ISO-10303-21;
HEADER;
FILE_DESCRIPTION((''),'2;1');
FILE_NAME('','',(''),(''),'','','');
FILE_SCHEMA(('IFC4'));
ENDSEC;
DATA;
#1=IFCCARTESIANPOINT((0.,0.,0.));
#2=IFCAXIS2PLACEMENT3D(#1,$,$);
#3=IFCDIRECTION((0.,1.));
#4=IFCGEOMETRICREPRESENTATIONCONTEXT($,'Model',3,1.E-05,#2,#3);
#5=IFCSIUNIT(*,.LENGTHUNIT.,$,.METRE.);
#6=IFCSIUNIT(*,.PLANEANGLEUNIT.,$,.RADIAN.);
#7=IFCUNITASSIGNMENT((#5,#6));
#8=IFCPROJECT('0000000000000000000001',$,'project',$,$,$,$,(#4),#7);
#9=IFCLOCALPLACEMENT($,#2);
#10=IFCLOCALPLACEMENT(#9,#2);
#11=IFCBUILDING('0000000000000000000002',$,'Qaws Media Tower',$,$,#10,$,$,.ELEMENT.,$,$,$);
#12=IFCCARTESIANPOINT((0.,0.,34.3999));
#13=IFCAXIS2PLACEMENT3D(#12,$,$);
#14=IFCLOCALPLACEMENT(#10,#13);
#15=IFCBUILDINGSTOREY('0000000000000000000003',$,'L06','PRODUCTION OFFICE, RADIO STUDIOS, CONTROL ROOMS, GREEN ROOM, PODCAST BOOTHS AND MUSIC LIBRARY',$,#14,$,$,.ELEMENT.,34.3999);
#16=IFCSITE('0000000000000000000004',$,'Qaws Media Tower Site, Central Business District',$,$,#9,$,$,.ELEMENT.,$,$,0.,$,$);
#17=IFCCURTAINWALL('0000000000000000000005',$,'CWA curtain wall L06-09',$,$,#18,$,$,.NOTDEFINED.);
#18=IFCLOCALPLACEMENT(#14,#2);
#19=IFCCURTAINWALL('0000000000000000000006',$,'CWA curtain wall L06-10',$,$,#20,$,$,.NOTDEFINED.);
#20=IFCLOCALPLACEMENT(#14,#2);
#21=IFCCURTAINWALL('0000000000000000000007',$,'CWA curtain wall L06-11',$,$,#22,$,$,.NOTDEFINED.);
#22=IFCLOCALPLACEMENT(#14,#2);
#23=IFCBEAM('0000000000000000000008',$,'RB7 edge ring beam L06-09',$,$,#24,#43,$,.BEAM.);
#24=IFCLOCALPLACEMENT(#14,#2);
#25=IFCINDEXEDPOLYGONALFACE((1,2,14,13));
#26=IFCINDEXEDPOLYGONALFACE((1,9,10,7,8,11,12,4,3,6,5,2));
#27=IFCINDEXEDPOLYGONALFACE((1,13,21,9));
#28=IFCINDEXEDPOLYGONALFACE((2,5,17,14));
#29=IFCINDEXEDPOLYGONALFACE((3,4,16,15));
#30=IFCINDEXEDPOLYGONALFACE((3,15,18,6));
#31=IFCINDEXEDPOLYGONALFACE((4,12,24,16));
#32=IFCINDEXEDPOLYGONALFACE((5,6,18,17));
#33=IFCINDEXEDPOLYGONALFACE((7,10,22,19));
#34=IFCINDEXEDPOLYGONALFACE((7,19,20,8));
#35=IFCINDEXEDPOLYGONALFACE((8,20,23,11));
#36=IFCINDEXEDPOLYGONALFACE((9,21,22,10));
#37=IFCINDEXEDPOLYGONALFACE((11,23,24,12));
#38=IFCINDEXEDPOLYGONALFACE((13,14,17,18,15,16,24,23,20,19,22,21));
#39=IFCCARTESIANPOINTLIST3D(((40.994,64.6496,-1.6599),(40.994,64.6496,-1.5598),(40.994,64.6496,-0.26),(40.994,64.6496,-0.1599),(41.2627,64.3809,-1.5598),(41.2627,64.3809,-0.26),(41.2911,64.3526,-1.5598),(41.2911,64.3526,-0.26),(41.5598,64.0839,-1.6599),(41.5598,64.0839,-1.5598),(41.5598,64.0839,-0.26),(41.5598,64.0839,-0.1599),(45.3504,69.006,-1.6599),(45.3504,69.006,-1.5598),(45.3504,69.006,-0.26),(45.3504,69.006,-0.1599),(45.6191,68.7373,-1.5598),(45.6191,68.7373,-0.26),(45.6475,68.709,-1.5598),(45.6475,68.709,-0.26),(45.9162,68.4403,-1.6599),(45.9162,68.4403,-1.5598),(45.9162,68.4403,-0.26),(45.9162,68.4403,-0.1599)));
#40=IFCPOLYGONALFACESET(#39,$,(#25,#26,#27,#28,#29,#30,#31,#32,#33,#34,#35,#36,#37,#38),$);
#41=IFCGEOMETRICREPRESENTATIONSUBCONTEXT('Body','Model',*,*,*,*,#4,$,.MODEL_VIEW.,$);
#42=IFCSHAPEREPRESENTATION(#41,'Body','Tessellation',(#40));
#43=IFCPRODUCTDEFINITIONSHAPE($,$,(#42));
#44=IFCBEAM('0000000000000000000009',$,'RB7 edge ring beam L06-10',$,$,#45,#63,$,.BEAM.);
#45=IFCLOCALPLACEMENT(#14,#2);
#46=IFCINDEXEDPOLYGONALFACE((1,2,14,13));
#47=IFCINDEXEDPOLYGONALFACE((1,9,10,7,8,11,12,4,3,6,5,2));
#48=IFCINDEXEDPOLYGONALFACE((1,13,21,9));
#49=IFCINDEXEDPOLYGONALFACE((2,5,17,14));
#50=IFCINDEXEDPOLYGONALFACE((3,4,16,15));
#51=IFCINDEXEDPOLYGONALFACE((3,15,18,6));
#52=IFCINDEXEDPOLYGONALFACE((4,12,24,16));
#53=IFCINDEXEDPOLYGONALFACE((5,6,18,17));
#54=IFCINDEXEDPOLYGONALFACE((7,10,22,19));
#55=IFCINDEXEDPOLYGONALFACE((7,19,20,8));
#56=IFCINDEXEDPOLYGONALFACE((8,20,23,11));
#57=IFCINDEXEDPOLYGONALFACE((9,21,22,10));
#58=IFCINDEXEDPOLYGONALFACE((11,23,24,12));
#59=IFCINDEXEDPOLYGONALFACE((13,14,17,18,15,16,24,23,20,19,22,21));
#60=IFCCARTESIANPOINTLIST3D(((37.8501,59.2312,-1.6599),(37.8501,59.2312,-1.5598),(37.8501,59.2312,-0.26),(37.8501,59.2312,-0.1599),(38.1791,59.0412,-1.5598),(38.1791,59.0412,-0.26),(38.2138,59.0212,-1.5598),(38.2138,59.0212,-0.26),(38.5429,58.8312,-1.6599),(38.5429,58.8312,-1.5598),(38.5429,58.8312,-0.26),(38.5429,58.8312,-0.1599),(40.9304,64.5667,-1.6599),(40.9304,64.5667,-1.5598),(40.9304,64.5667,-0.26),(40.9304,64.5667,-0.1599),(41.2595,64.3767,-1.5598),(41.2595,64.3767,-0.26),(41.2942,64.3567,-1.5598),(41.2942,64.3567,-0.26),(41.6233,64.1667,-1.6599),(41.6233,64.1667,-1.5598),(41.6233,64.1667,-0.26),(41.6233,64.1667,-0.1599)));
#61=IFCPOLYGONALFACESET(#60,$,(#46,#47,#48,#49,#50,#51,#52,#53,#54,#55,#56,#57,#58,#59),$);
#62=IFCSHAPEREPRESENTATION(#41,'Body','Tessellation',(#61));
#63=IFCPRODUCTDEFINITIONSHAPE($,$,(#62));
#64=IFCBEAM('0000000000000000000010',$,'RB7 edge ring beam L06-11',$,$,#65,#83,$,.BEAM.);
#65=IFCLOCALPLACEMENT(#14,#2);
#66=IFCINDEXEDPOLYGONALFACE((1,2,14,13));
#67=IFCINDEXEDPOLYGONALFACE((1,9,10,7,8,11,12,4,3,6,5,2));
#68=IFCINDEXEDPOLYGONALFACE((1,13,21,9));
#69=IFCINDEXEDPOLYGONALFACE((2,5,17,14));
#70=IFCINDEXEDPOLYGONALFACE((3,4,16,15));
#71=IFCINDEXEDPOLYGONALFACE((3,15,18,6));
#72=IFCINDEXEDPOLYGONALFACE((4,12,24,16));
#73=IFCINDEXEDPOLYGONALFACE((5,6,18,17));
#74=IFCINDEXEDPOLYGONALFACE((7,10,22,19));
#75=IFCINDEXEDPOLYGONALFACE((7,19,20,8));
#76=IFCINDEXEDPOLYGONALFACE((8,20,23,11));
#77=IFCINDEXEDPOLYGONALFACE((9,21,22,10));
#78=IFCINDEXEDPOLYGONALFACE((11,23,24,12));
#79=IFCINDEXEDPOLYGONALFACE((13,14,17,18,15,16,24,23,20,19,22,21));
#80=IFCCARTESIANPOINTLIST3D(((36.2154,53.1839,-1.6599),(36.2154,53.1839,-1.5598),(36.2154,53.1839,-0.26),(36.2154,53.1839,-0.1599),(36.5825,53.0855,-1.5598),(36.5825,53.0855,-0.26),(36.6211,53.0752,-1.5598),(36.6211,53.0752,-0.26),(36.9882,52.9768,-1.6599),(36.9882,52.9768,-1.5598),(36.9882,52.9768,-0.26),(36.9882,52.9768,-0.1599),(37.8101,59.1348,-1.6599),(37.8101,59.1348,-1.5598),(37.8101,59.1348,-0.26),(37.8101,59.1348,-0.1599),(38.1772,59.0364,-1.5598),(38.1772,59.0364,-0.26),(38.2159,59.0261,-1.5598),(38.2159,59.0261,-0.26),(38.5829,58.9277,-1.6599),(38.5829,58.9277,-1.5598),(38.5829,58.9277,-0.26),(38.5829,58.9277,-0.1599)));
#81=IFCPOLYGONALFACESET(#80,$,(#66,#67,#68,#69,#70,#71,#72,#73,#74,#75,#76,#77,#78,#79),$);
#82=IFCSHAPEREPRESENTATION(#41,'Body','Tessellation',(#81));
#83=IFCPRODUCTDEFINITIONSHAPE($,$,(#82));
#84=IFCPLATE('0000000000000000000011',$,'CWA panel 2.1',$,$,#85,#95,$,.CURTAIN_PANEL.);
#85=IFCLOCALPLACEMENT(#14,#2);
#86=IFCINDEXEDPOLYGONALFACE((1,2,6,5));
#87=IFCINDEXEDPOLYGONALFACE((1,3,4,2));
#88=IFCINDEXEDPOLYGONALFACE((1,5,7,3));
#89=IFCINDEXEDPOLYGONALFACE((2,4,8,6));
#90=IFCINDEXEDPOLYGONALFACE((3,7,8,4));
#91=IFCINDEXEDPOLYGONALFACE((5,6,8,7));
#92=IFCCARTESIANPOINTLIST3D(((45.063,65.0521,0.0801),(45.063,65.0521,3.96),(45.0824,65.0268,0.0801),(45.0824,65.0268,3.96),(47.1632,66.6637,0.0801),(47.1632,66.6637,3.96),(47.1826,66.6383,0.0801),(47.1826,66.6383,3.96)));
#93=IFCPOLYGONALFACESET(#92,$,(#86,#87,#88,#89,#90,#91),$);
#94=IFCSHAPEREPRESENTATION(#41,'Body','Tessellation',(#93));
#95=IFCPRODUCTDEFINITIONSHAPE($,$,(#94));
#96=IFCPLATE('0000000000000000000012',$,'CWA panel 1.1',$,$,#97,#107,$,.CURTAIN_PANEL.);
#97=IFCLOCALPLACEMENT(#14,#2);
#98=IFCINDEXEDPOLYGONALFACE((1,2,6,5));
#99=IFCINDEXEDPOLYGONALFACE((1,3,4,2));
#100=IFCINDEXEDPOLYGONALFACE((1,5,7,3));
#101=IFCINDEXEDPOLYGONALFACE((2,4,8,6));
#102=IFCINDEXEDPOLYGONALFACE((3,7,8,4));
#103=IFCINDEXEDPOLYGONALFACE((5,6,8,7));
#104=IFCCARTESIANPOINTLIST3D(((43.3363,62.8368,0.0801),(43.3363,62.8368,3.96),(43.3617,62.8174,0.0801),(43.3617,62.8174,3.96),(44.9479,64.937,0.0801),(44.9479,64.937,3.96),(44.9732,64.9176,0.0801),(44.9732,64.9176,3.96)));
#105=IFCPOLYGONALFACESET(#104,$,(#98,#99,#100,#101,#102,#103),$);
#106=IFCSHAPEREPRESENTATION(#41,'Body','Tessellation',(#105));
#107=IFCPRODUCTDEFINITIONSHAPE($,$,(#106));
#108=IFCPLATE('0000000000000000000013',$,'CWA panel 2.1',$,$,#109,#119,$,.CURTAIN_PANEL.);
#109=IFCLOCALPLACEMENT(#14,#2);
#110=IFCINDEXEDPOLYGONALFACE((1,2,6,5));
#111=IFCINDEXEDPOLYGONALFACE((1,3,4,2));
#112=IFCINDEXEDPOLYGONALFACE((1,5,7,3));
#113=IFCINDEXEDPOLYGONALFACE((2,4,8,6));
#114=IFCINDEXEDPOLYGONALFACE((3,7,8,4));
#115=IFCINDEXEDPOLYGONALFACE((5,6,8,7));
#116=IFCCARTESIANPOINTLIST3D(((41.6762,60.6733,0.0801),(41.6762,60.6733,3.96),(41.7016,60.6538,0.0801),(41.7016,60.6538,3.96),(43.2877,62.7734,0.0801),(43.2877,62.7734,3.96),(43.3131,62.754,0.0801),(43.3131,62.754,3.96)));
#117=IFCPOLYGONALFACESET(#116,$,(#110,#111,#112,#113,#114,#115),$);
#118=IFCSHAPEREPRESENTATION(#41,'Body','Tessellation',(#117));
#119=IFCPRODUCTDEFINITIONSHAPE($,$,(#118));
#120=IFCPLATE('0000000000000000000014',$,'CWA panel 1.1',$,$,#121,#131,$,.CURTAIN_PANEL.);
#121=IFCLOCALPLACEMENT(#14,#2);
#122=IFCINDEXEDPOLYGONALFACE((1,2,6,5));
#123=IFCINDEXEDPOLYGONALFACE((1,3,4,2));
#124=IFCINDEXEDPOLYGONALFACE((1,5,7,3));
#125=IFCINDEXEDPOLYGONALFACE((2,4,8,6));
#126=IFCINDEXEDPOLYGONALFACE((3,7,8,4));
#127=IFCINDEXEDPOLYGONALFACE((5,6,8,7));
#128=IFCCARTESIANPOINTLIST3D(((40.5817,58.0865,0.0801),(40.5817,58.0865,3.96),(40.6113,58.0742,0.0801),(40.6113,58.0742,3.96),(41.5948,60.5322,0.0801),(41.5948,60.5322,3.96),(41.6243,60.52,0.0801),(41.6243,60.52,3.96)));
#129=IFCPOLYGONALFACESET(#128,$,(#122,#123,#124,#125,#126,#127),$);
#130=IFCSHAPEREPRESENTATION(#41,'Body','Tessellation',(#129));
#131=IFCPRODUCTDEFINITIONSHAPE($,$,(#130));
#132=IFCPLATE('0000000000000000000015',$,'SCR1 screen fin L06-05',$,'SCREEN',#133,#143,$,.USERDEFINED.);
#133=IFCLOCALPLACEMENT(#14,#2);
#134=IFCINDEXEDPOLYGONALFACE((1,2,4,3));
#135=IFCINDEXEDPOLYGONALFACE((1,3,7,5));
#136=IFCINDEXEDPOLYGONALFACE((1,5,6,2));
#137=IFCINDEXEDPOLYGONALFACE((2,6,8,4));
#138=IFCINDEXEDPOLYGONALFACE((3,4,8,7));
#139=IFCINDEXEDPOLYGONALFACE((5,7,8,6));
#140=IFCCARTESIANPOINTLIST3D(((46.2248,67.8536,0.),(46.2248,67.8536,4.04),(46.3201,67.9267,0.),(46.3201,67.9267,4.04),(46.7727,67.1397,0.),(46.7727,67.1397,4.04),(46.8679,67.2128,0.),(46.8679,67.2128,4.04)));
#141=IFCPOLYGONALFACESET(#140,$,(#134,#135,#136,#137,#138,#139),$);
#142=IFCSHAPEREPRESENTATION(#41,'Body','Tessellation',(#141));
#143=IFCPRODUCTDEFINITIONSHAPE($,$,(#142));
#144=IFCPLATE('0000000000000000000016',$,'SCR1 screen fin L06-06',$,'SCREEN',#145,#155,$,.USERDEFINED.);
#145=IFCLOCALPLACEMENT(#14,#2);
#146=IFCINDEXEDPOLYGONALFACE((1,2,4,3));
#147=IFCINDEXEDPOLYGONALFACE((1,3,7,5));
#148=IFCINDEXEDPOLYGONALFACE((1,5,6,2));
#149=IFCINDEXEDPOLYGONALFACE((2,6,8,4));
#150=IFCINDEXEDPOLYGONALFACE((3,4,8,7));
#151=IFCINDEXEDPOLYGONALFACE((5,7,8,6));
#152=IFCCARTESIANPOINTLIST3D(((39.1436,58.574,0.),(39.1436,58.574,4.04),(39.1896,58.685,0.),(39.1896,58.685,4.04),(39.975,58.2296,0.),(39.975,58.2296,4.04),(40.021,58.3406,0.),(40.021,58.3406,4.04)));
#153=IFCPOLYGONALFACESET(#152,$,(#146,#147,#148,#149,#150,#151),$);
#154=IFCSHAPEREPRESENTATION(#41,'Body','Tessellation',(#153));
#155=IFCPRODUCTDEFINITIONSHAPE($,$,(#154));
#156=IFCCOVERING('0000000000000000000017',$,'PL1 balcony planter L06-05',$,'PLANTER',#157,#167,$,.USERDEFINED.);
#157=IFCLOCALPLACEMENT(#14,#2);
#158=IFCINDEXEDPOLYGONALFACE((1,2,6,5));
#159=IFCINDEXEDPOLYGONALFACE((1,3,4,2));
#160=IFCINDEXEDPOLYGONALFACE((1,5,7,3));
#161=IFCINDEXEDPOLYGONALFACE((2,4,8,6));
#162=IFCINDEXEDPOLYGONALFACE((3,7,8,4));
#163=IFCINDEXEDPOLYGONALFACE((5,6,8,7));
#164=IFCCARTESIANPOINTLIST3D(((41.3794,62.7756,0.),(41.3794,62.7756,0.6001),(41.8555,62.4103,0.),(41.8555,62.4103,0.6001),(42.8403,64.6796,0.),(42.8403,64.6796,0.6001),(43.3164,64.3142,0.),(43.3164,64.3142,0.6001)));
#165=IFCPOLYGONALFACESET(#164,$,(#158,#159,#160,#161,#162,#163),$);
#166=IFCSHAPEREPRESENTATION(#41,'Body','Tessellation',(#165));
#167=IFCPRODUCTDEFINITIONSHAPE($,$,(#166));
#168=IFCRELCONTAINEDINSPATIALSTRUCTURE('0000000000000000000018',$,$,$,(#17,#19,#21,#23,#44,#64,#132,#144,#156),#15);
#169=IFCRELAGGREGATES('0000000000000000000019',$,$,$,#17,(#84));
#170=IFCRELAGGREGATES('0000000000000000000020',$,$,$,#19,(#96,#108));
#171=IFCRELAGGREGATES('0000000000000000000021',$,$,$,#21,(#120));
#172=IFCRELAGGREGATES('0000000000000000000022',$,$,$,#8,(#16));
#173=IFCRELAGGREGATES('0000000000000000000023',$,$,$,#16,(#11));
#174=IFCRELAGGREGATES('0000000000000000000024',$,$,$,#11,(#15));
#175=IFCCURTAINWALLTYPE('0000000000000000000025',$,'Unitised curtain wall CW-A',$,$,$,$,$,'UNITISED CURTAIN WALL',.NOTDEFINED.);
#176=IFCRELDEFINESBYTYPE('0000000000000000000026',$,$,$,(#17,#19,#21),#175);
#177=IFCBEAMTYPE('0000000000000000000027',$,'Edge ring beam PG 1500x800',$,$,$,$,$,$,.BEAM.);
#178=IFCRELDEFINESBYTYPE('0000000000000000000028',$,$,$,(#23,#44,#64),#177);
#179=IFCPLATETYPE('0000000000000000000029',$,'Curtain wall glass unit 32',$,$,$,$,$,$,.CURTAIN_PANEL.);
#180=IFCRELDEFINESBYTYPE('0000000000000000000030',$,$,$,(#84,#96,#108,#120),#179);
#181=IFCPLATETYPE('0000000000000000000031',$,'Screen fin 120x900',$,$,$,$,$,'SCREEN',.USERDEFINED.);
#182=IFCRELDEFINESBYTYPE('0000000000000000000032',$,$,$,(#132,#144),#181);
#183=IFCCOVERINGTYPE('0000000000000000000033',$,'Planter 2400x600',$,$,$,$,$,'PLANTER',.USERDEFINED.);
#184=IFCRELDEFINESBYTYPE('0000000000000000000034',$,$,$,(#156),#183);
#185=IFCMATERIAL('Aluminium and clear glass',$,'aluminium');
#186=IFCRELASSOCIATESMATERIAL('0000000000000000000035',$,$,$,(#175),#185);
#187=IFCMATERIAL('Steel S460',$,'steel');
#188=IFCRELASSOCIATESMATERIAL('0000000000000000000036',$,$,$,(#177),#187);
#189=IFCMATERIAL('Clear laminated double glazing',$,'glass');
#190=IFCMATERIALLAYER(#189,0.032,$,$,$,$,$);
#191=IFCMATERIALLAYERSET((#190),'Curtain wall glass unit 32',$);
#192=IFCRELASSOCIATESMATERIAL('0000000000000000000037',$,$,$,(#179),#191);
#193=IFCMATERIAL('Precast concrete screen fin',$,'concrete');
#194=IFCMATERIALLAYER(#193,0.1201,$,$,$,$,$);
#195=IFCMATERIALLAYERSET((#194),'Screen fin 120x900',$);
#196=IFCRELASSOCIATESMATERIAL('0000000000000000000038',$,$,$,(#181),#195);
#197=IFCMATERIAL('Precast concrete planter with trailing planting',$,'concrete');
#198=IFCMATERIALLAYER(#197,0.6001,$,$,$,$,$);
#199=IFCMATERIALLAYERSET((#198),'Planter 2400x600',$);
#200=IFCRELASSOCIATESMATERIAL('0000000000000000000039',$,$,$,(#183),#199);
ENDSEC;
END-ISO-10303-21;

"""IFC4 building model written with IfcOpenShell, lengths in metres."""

from ifc_helpers import new_model, si_unit, direction, frame, origin, origin_2d, place, context, subcontext, project, spatial, rectangle, i_section, extrude, material, layer, layer_set, material_profile, profile_set, type_object, element, aggregate, save


model = new_model("IFC4")

# Units and contexts
model_context = context("Model", 3, precision=1e-05, world=origin(), true_north=direction((0.0, 1.0)))
body_context = subcontext(model_context, "Body", "Model", "MODEL_VIEW")
ifc_project = project(units=[si_unit("LENGTHUNIT", "METRE"), si_unit("PLANEANGLEUNIT", "RADIAN")], contexts=[model_context])

# Site, building, storey
site_placement = place(None, origin())
site = spatial("IfcSite", under=ifc_project, at=site_placement, Name="Qaws Media Tower Site, Central Business District", CompositionType="ELEMENT", RefElevation=0.0)
building_placement = place(site_placement, origin())
building = spatial("IfcBuilding", under=site, at=building_placement, Name="Qaws Media Tower", CompositionType="ELEMENT")
storey_placement = place(building_placement, frame((0.0, 0.0, 34.3999)))
storey = spatial("IfcBuildingStorey", under=building, at=storey_placement, Name="L06", Description="PRODUCTION OFFICE, RADIO STUDIOS, CONTROL ROOMS, GREEN ROOM, PODCAST BOOTHS AND MUSIC LIBRARY", CompositionType="ELEMENT", Elevation=34.3999)

# Curtain wall
ifc_material_1 = material(Name="Aluminium and clear glass", Category="aluminium")
curtain_wall_type = type_object("IfcCurtainWallType", Name="Unitised curtain wall CW-A", ElementType="UNITISED CURTAIN WALL", PredefinedType="NOTDEFINED", material=ifc_material_1)
curtain_wall_1_placement = place(storey_placement, origin())
curtain_wall_1 = element("IfcCurtainWall", 1, at=curtain_wall_1_placement, inside=storey, type_object=curtain_wall_type, Name="CWA curtain wall L06-09", PredefinedType="NOTDEFINED")

# Curtain walls
curtain_wall_2_placement = place(storey_placement, origin())
curtain_wall_2 = element("IfcCurtainWall", 2, at=curtain_wall_2_placement, inside=storey, type_object=curtain_wall_type, Name="CWA curtain wall L06-10", PredefinedType="NOTDEFINED")
curtain_wall_3_placement = place(storey_placement, origin())
curtain_wall_3 = element("IfcCurtainWall", 3, at=curtain_wall_3_placement, inside=storey, type_object=curtain_wall_type, Name="CWA curtain wall L06-11", PredefinedType="NOTDEFINED")

# Beams
ifc_material_2 = material(Name="Steel S460", Category="steel")
ifc_material_profile_1 = material_profile(ifc_material_2, i_section(OverallWidth=0.8, OverallDepth=1.5, WebThickness=0.04, FlangeThickness=0.1001, at=origin_2d()), Name="PG 1500x800")
ifc_profile_set_1 = profile_set([ifc_material_profile_1], Name="Steel S460")
beam_type = type_object("IfcBeamType", Name="Edge ring beam PG 1500x800", PredefinedType="BEAM", material=ifc_profile_set_1)
for number, where, z_axis, x_axis, name in (
    (4, (45.6333, 68.7231, -0.9099), (-0.707107, -0.707107, 0.0), (0.707107, -0.707107, 0.0), "RB7 edge ring beam L06-09"),
    (5, (41.2769, 64.3667, -0.9099), (-0.499988, -0.866032, 0.0), (0.866032, -0.499988, 0.0), "RB7 edge ring beam L06-10"),
    (6, (38.1965, 59.0312, -0.9099), (-0.258846, -0.965919, 0.0), (0.965919, -0.258846, 0.0), "RB7 edge ring beam L06-11"),
):
    element("IfcBeam", number, at=place(storey_placement, frame(where, z_axis=z_axis, x_axis=x_axis)), inside=storey, type_object=beam_type, Name=name, PredefinedType="BEAM", context=body_context, shape_type="SweptSolid", body=[
        extrude(i_section(OverallWidth=0.8, OverallDepth=1.5, WebThickness=0.04, FlangeThickness=0.1001, at=origin_2d()), origin(), (0.0, 0.0, 1.0), 6.1609),
    ])

# Plates
ifc_material_3 = material(Name="Clear laminated double glazing", Category="glass")
ifc_layer_1 = layer(ifc_material_3, 0.032)
ifc_layer_set_1 = layer_set([ifc_layer_1], Name="Curtain wall glass unit 32")
plate_type_1 = type_object("IfcPlateType", Name="Curtain wall glass unit 32", PredefinedType="CURTAIN_PANEL", material=ifc_layer_set_1)
plate_1_placement = place(storey_placement, frame((46.1228, 65.8452, 0.0801), z_axis=(0.0, 0.0, 1.0), x_axis=(-0.793353, -0.608761, 0.0)))
plate_1 = element("IfcPlate", 7, at=plate_1_placement, type_object=plate_type_1, Name="CWA panel 2.1", PredefinedType="CURTAIN_PANEL", context=body_context, shape_type="SweptSolid", body=[
    extrude(rectangle(XDim=2.6472, YDim=0.032, at=origin_2d()), origin(), (0.0, 0.0, 1.0), 3.8799),
])
aggregate(curtain_wall_1, [plate_1])
plate_2_placement = place(storey_placement, frame((44.1548, 63.8772, 0.0801), z_axis=(0.0, 0.0, 1.0), x_axis=(-0.608761, -0.793353, 0.0)))
plate_2 = element("IfcPlate", 8, at=plate_2_placement, type_object=plate_type_1, Name="CWA panel 1.1", PredefinedType="CURTAIN_PANEL", context=body_context, shape_type="SweptSolid", body=[
    extrude(rectangle(XDim=2.6472, YDim=0.032, at=origin_2d()), origin(), (0.0, 0.0, 1.0), 3.8799),
])
plate_3_placement = place(storey_placement, frame((42.4946, 61.7136, 0.0801), z_axis=(0.0, 0.0, 1.0), x_axis=(-0.608761, -0.793353, 0.0)))
plate_3 = element("IfcPlate", 9, at=plate_3_placement, type_object=plate_type_1, Name="CWA panel 2.1", PredefinedType="CURTAIN_PANEL", context=body_context, shape_type="SweptSolid", body=[
    extrude(rectangle(XDim=2.6472, YDim=0.032, at=origin_2d()), origin(), (0.0, 0.0, 1.0), 3.8799),
])
aggregate(curtain_wall_2, [plate_2, plate_3])
plate_4_placement = place(storey_placement, frame((41.103, 59.3032, 0.0801), z_axis=(0.0, 0.0, 1.0), x_axis=(-0.382683, -0.92388, 0.0)))
plate_4 = element("IfcPlate", 10, at=plate_4_placement, type_object=plate_type_1, Name="CWA panel 1.1", PredefinedType="CURTAIN_PANEL", context=body_context, shape_type="SweptSolid", body=[
    extrude(rectangle(XDim=2.6472, YDim=0.032, at=origin_2d()), origin(), (0.0, 0.0, 1.0), 3.8799),
])
aggregate(curtain_wall_3, [plate_4])

# Plates
ifc_material_4 = material(Name="Precast concrete screen fin", Category="concrete")
ifc_layer_2 = layer(ifc_material_4, 0.1201)
ifc_layer_set_2 = layer_set([ifc_layer_2], Name="Screen fin 120x900")
plate_type_2 = type_object("IfcPlateType", Name="Screen fin 120x900", ElementType="SCREEN", PredefinedType="USERDEFINED", material=ifc_layer_set_2)
for number, where, z_axis, x_axis, name in (
    (11, (46.5464, 67.5332, 0.0), (0.0, 0.0, 1.0), (-0.608761, 0.793353, 0.0), "SCR1 screen fin L06-05"),
    (12, (39.5823, 58.4573, 0.0), (0.0, 0.0, 1.0), (-0.92388, 0.382683, 0.0), "SCR1 screen fin L06-06"),
):
    element("IfcPlate", number, at=place(storey_placement, frame(where, z_axis=z_axis, x_axis=x_axis)), inside=storey, type_object=plate_type_2, Name=name, ObjectType="SCREEN", PredefinedType="USERDEFINED", context=body_context, shape_type="SweptSolid", body=[
        extrude(rectangle(XDim=0.8999, YDim=0.1201, at=origin_2d()), origin(), (0.0, 0.0, 1.0), 4.04),
    ])

# Covering
ifc_material_5 = material(Name="Precast concrete planter with trailing planting", Category="concrete")
ifc_layer_3 = layer(ifc_material_5, 0.6001)
ifc_layer_set_3 = layer_set([ifc_layer_3], Name="Planter 2400x600")
covering_type = type_object("IfcCoveringType", Name="Planter 2400x600", ElementType="PLANTER", PredefinedType="USERDEFINED", material=ifc_layer_set_3)
covering_placement = place(storey_placement, frame((42.3479, 63.5449, 0.0), z_axis=(0.0, 0.0, 1.0), x_axis=(-0.608761, -0.793353, 0.0)))
element("IfcCovering", 13, at=covering_placement, inside=storey, type_object=covering_type, Name="PL1 balcony planter L06-05", ObjectType="PLANTER", PredefinedType="USERDEFINED", context=body_context, shape_type="SweptSolid", body=[
    extrude(rectangle(XDim=2.3999, YDim=0.6001, at=origin_2d()), origin(), (0.0, 0.0, 1.0), 0.6001),
])

save(model, "model.ifc")
